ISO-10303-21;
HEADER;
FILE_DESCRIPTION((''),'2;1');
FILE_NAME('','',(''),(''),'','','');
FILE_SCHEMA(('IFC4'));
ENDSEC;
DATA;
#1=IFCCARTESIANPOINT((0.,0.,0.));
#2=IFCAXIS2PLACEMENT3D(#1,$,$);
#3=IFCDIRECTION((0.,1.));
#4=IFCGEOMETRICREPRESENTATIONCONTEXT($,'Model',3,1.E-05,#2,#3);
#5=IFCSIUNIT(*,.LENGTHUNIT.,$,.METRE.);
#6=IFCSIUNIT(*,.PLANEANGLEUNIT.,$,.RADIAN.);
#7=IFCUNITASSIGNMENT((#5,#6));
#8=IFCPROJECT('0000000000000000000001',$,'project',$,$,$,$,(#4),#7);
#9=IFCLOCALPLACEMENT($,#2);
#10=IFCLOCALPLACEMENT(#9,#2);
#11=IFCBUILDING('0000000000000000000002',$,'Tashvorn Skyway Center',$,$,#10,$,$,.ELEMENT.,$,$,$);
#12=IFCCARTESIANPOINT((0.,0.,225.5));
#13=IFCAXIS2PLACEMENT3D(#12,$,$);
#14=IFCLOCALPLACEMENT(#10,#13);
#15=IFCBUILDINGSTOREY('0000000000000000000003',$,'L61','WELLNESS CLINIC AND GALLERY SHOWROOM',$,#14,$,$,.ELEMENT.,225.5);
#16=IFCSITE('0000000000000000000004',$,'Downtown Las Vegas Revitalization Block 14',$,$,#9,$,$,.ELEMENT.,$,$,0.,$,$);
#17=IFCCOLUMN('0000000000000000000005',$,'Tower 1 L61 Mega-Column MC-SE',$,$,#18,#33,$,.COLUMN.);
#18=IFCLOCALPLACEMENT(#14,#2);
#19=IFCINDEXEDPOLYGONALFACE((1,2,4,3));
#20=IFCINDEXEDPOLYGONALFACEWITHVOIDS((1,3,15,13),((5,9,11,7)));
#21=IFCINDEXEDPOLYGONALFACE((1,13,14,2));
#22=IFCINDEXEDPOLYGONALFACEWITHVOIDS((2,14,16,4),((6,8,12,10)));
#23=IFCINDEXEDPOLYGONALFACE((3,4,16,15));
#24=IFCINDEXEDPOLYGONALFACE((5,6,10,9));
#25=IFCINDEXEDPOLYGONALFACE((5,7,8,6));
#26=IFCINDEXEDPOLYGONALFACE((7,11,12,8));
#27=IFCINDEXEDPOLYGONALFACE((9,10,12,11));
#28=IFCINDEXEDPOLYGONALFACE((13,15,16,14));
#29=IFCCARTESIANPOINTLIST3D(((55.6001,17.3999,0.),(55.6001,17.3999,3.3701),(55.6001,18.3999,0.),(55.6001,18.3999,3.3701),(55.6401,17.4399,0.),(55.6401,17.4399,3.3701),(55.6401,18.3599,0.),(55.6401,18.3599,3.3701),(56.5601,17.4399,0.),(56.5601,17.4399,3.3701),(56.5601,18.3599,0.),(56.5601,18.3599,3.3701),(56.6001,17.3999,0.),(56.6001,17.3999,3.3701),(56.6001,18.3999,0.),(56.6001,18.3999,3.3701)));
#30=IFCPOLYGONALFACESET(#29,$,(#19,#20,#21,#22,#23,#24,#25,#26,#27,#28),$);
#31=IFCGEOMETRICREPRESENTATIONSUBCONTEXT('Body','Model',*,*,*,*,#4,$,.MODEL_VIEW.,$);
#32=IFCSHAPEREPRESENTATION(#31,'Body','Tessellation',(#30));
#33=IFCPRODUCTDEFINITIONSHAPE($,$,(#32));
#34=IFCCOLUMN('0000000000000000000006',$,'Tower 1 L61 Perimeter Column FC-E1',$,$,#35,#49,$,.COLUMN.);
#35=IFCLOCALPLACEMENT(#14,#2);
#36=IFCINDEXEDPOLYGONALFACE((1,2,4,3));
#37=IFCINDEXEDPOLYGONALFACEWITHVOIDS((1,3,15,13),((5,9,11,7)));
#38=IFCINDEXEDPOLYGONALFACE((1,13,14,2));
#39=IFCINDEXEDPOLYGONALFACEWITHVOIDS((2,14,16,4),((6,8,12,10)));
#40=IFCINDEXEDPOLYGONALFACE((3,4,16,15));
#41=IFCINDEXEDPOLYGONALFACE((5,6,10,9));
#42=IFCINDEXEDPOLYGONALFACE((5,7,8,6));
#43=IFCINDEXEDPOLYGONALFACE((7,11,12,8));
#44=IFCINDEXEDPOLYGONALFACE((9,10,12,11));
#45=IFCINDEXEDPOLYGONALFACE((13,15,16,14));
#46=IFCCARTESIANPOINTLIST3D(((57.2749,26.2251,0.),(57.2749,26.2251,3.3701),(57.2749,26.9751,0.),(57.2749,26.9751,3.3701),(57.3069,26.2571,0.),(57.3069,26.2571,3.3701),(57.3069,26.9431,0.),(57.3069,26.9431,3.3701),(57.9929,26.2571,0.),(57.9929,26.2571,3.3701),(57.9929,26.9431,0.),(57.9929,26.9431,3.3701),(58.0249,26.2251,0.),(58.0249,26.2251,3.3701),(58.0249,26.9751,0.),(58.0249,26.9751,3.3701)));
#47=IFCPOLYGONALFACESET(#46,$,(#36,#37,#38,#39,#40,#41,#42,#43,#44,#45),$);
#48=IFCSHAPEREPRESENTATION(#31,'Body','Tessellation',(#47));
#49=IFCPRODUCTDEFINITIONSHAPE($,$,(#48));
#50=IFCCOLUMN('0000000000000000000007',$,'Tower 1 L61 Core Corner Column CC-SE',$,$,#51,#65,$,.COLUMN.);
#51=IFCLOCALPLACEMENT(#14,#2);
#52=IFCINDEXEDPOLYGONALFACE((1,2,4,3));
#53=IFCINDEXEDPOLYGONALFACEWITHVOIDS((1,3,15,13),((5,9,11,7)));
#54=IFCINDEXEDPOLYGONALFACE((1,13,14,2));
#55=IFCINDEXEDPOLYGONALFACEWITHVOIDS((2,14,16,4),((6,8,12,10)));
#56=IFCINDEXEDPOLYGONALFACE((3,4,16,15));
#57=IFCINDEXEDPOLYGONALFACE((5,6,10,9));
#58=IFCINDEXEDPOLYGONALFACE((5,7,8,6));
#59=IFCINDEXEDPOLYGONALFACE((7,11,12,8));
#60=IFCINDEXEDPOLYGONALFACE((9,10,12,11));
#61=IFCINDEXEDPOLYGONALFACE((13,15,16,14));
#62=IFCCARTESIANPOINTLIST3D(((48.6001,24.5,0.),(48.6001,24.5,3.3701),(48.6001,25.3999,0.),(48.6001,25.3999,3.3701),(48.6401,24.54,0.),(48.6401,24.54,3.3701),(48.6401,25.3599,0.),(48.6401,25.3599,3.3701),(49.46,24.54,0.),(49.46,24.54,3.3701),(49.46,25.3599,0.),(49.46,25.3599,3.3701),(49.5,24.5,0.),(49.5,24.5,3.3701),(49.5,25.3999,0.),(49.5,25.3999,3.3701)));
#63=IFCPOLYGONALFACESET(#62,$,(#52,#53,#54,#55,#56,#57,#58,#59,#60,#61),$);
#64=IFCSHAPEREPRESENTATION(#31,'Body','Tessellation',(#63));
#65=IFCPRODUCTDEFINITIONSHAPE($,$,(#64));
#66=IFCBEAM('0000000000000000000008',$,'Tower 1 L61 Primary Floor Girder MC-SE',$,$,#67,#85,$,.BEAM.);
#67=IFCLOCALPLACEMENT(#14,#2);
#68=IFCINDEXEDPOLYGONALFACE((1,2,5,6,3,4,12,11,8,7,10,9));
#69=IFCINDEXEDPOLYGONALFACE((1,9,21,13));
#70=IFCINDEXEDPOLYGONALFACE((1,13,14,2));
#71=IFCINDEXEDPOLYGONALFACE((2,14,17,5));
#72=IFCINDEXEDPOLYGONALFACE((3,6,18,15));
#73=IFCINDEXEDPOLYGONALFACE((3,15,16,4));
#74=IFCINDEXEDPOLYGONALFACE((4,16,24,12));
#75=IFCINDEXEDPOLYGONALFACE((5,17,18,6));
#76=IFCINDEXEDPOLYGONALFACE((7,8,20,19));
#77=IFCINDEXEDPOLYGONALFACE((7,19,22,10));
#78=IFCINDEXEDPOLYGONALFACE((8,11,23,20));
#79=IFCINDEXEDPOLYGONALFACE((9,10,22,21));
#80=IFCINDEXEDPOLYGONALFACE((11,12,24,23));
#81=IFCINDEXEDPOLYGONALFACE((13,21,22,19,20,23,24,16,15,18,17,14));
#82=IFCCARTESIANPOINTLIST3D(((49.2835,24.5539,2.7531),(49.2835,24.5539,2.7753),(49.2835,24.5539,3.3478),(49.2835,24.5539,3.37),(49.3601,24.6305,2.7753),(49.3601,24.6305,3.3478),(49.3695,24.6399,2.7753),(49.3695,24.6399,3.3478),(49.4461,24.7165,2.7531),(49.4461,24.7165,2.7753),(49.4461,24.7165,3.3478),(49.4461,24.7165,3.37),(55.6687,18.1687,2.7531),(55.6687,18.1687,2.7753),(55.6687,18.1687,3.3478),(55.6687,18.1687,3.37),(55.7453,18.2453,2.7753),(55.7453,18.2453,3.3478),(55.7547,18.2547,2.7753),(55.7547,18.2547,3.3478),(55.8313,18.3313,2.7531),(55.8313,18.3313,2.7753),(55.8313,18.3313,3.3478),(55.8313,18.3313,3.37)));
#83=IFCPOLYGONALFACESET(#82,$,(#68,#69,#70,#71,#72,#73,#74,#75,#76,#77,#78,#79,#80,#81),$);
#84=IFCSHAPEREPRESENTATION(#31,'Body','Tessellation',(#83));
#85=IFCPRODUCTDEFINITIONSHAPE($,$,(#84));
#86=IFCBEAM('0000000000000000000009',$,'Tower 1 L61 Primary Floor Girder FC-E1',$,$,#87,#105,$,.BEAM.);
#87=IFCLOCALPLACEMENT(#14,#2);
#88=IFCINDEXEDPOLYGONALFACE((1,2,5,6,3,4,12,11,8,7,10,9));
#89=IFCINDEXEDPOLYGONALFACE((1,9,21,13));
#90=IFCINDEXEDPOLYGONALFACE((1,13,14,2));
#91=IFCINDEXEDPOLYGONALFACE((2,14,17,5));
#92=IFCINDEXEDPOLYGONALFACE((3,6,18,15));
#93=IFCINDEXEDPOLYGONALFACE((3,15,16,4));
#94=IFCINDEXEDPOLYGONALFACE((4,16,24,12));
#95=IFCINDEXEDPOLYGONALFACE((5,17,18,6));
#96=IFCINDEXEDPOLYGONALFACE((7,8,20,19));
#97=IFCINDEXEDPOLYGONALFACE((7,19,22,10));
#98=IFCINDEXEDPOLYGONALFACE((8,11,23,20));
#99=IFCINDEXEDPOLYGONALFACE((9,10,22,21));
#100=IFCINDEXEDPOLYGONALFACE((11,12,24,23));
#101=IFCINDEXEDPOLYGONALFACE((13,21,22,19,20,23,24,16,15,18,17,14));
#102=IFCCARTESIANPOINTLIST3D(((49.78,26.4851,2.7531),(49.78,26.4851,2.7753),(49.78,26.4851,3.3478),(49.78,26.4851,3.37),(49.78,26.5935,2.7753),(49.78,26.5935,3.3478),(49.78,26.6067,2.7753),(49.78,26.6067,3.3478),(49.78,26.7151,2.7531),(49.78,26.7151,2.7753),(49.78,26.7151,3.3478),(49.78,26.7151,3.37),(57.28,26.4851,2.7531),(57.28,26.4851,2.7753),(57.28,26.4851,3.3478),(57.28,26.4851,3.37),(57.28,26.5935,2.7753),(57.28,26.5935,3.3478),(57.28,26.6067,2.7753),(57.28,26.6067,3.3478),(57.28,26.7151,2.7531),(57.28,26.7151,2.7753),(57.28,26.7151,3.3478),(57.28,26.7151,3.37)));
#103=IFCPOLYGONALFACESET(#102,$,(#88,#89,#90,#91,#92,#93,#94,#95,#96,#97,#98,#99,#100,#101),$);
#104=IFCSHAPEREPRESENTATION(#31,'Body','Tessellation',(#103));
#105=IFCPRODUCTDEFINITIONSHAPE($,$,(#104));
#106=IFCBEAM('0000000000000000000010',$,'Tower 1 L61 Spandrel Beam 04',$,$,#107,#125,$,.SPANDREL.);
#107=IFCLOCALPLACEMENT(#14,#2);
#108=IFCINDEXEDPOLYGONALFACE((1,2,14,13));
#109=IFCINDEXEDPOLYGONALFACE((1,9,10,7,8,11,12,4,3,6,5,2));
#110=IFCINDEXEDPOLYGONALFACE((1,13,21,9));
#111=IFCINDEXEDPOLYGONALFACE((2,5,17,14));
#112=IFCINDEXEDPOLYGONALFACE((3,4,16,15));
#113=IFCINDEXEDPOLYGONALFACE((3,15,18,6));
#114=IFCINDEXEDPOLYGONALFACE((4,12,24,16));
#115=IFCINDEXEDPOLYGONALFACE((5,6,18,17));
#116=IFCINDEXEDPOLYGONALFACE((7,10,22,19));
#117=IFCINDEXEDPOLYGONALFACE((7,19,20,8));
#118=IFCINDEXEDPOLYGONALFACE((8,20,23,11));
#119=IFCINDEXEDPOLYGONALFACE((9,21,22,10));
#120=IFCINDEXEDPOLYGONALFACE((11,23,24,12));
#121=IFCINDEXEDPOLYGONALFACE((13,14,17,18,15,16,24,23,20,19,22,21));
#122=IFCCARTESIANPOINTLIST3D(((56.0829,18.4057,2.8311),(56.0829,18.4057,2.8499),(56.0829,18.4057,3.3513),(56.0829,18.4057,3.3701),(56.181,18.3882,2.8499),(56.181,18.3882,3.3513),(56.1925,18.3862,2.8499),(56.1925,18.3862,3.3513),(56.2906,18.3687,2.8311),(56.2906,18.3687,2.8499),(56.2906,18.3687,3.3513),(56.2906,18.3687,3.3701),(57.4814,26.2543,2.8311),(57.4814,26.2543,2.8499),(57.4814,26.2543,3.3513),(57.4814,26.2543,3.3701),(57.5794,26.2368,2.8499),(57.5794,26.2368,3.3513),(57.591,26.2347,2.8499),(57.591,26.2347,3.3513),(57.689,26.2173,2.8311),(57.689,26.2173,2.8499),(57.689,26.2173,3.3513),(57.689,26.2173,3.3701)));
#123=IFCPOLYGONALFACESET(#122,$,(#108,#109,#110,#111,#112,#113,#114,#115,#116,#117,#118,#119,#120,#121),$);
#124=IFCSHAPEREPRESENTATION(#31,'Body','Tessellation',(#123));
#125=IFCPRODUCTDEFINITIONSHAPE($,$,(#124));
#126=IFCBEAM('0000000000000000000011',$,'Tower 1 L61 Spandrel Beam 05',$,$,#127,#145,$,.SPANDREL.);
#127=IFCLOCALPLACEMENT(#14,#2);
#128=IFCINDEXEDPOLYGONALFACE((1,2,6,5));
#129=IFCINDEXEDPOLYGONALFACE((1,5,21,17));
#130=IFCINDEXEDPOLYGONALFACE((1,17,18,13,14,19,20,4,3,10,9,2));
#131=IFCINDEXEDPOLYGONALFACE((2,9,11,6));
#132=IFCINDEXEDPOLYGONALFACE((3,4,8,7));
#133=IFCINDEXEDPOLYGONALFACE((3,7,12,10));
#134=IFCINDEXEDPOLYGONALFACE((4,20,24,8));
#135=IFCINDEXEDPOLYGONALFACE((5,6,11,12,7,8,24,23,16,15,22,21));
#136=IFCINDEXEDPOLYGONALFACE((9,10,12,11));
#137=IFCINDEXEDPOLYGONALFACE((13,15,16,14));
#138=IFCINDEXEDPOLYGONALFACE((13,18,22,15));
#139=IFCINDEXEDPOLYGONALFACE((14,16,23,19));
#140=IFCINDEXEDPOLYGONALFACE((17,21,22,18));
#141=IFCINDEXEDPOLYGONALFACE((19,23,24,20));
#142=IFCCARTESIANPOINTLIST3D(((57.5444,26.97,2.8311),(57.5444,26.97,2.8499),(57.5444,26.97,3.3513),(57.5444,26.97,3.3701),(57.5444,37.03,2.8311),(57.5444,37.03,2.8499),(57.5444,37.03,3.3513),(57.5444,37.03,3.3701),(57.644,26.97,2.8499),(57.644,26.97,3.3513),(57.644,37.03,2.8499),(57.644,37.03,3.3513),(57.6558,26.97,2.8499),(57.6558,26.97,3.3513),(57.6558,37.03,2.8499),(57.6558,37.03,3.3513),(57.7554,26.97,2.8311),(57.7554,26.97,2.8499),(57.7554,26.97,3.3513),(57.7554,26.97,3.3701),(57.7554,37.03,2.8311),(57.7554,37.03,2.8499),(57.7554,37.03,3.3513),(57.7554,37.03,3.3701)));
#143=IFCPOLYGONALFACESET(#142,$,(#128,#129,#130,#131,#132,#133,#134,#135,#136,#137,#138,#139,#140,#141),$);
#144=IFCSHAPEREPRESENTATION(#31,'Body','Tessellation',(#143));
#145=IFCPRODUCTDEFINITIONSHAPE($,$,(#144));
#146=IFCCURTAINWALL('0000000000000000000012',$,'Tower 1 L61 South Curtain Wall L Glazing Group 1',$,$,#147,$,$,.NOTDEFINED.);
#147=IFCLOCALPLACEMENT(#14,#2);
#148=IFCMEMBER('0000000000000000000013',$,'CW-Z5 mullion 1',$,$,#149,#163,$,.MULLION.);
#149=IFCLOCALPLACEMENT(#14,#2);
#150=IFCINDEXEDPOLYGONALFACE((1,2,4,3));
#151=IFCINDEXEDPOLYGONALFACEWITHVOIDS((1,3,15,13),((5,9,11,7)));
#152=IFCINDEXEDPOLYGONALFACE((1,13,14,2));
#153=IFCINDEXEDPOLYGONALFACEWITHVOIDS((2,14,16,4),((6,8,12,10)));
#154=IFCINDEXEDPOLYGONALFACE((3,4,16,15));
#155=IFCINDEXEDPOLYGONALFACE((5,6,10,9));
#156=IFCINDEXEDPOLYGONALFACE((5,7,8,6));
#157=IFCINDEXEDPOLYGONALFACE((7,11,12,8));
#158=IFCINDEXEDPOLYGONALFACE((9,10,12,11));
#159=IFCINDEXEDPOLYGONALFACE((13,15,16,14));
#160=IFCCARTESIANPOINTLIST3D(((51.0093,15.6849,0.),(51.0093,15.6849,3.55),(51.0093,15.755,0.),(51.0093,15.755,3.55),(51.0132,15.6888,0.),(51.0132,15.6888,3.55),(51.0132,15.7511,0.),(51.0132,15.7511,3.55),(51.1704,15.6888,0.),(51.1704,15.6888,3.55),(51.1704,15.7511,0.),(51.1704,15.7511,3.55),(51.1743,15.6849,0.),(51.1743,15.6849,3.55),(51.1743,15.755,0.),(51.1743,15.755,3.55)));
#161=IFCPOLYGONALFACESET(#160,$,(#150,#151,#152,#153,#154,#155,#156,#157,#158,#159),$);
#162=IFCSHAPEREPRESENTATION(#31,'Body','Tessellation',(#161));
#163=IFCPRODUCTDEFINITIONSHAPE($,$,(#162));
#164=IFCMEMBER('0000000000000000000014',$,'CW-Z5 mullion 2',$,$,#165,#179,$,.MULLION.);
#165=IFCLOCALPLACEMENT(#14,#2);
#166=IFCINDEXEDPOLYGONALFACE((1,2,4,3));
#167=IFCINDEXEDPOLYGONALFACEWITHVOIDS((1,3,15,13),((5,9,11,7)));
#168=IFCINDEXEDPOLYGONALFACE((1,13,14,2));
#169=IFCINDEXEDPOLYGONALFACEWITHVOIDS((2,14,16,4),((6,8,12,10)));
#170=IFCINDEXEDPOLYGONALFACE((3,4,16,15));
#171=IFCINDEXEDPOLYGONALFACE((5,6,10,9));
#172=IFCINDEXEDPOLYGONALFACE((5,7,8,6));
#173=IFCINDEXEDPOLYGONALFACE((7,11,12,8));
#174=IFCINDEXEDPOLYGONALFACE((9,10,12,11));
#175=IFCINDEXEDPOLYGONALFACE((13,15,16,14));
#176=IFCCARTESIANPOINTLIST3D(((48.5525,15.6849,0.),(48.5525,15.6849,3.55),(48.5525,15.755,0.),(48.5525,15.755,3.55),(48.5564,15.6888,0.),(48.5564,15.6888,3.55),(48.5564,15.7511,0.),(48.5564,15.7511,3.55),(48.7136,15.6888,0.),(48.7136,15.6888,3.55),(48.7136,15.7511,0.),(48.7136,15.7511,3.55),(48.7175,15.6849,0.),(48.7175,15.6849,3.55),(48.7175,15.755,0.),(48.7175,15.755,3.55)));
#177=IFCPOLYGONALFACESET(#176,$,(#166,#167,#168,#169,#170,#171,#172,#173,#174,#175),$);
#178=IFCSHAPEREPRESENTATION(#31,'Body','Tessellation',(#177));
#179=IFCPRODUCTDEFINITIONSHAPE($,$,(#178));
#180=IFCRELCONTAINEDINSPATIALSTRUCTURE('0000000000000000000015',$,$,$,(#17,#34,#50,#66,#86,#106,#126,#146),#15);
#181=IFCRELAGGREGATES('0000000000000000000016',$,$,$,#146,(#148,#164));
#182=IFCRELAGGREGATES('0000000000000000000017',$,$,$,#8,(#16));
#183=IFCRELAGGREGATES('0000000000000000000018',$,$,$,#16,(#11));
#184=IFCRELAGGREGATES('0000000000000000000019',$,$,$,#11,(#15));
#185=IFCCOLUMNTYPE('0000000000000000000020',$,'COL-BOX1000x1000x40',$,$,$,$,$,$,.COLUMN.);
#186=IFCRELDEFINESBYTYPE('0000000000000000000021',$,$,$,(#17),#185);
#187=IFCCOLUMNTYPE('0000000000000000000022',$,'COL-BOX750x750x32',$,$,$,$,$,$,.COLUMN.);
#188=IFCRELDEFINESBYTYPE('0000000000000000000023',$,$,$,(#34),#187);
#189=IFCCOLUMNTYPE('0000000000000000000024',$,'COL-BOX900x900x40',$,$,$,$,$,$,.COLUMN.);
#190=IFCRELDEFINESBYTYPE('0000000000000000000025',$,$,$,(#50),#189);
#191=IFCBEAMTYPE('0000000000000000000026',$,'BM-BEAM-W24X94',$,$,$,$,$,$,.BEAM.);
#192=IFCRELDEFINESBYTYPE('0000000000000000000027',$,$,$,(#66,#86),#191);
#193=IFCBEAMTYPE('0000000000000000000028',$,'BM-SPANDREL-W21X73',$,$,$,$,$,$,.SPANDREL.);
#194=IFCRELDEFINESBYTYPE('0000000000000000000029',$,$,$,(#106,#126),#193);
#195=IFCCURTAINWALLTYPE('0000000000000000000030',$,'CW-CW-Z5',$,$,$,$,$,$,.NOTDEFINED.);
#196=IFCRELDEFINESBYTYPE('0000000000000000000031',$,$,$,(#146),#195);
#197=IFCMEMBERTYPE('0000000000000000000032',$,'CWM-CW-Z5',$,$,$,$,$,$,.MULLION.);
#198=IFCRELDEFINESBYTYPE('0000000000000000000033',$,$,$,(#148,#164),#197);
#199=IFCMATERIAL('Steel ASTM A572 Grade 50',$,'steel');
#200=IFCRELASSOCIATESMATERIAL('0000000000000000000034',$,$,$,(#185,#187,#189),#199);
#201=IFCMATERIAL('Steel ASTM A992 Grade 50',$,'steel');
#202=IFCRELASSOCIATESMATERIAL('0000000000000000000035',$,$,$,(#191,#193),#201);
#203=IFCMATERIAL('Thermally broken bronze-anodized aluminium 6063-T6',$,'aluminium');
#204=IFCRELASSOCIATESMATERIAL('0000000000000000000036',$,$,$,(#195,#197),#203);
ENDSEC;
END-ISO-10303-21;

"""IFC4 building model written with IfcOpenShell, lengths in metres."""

from ifc_helpers import new_model, si_unit, direction, frame, origin, origin_2d, place, context, subcontext, project, spatial, hollow_rectangle, i_section, extrude, material, material_profile, profile_set, type_object, element, aggregate, save


model = new_model("IFC4")

# Units and contexts
model_context = context("Model", 3, precision=1e-05, world=origin(), true_north=direction((0.0, 1.0)))
body_context = subcontext(model_context, "Body", "Model", "MODEL_VIEW")
ifc_project = project(units=[si_unit("LENGTHUNIT", "METRE"), si_unit("PLANEANGLEUNIT", "RADIAN")], contexts=[model_context])

# Site, building, storey
site_placement = place(None, origin())
site = spatial("IfcSite", under=ifc_project, at=site_placement, Name="Downtown Las Vegas Revitalization Block 14", CompositionType="ELEMENT", RefElevation=0.0)
building_placement = place(site_placement, origin())
building = spatial("IfcBuilding", under=site, at=building_placement, Name="Tashvorn Skyway Center", CompositionType="ELEMENT")
storey_placement = place(building_placement, frame((0.0, 0.0, 225.5)))
storey = spatial("IfcBuildingStorey", under=building, at=storey_placement, Name="L61", Description="WELLNESS CLINIC AND GALLERY SHOWROOM", CompositionType="ELEMENT", Elevation=225.5)

# Columns
ifc_material_1 = material(Name="Steel ASTM A572 Grade 50", Category="steel")
ifc_material_profile_1 = material_profile(ifc_material_1, hollow_rectangle(XDim=1.0, YDim=1.0, WallThickness=0.04, at=origin_2d()), Name="BOX1000x1000x40")
ifc_profile_set_1 = profile_set([ifc_material_profile_1], Name="Steel ASTM A572 Grade 50")
column_type_1 = type_object("IfcColumnType", Name="COL-BOX1000x1000x40", PredefinedType="COLUMN", material=ifc_profile_set_1)
column_1_placement = place(storey_placement, frame((56.1001, 17.8999, 0.0), z_axis=(0.0, 0.0, 1.0), x_axis=(1.0, 0.0, 0.0)))
element("IfcColumn", 1, at=column_1_placement, inside=storey, type_object=column_type_1, Name="Tower 1 L61 Mega-Column MC-SE", PredefinedType="COLUMN", context=body_context, shape_type="SweptSolid", body=[
    extrude(hollow_rectangle(XDim=1.0, YDim=1.0, WallThickness=0.04, at=origin_2d()), origin(), (0.0, 0.0, 1.0), 3.3701),
])
ifc_material_profile_2 = material_profile(ifc_material_1, hollow_rectangle(XDim=0.75, YDim=0.75, WallThickness=0.032, at=origin_2d()), Name="BOX750x750x32")
ifc_profile_set_2 = profile_set([ifc_material_profile_2], Name="Steel ASTM A572 Grade 50")
column_type_2 = type_object("IfcColumnType", Name="COL-BOX750x750x32", PredefinedType="COLUMN", material=ifc_profile_set_2)
column_2_placement = place(storey_placement, frame((57.6499, 26.6001, 0.0), z_axis=(0.0, 0.0, 1.0), x_axis=(1.0, 0.0, 0.0)))
element("IfcColumn", 2, at=column_2_placement, inside=storey, type_object=column_type_2, Name="Tower 1 L61 Perimeter Column FC-E1", PredefinedType="COLUMN", context=body_context, shape_type="SweptSolid", body=[
    extrude(hollow_rectangle(XDim=0.75, YDim=0.75, WallThickness=0.032, at=origin_2d()), origin(), (0.0, 0.0, 1.0), 3.3701),
])
ifc_material_profile_3 = material_profile(ifc_material_1, hollow_rectangle(XDim=0.8999, YDim=0.8999, WallThickness=0.04, at=origin_2d()), Name="BOX900x900x40")
ifc_profile_set_3 = profile_set([ifc_material_profile_3], Name="Steel ASTM A572 Grade 50")
column_type_3 = type_object("IfcColumnType", Name="COL-BOX900x900x40", PredefinedType="COLUMN", material=ifc_profile_set_3)
column_3_placement = place(storey_placement, frame((49.05, 24.95, 0.0), z_axis=(0.0, 0.0, 1.0), x_axis=(1.0, 0.0, 0.0)))
element("IfcColumn", 3, at=column_3_placement, inside=storey, type_object=column_type_3, Name="Tower 1 L61 Core Corner Column CC-SE", PredefinedType="COLUMN", context=body_context, shape_type="SweptSolid", body=[
    extrude(hollow_rectangle(XDim=0.8999, YDim=0.8999, WallThickness=0.04, at=origin_2d()), origin(), (0.0, 0.0, 1.0), 3.3701),
])

# Beams
ifc_material_2 = material(Name="Steel ASTM A992 Grade 50", Category="steel")
ifc_material_profile_4 = material_profile(ifc_material_2, i_section(OverallWidth=0.23, OverallDepth=0.6169, WebThickness=0.0132, FlangeThickness=0.0222, at=origin_2d()), Name="W24X94")
ifc_profile_set_4 = profile_set([ifc_material_profile_4], Name="Steel ASTM A992 Grade 50")
beam_type_1 = type_object("IfcBeamType", Name="BM-BEAM-W24X94", PredefinedType="BEAM", material=ifc_profile_set_4)
beam_1_placement = place(storey_placement, frame((55.75, 18.25, 3.0615), z_axis=(-0.707107, 0.707107, 0.0), x_axis=(-0.707107, -0.707107, 0.0)))
element("IfcBeam", 4, at=beam_1_placement, inside=storey, type_object=beam_type_1, Name="Tower 1 L61 Primary Floor Girder MC-SE", PredefinedType="BEAM", context=body_context, shape_type="SweptSolid", body=[
    extrude(i_section(OverallWidth=0.23, OverallDepth=0.6169, WebThickness=0.0132, FlangeThickness=0.0222, at=origin_2d()), origin(), (0.0, 0.0, 1.0), 9.03),
])
beam_2_placement = place(storey_placement, frame((57.28, 26.6001, 3.0615), z_axis=(-1.0, 0.0, 0.0), x_axis=(0.0, -1.0, 0.0)))
element("IfcBeam", 5, at=beam_2_placement, inside=storey, type_object=beam_type_1, Name="Tower 1 L61 Primary Floor Girder FC-E1", PredefinedType="BEAM", context=body_context, shape_type="SweptSolid", body=[
    extrude(i_section(OverallWidth=0.23, OverallDepth=0.6169, WebThickness=0.0132, FlangeThickness=0.0222, at=origin_2d()), origin(), (0.0, 0.0, 1.0), 7.5),
])
ifc_material_profile_5 = material_profile(ifc_material_2, i_section(OverallWidth=0.2109, OverallDepth=0.5391, WebThickness=0.0117, FlangeThickness=0.0188, at=origin_2d()), Name="W21X73")
ifc_profile_set_5 = profile_set([ifc_material_profile_5], Name="Steel ASTM A992 Grade 50")
beam_type_2 = type_object("IfcBeamType", Name="BM-SPANDREL-W21X73", PredefinedType="SPANDREL", material=ifc_profile_set_5)
beam_3_placement = place(storey_placement, frame((56.1868, 18.3872, 3.1006), z_axis=(0.175413, 0.984495, 0.0), x_axis=(-0.984495, 0.175413, 0.0)))
element("IfcBeam", 6, at=beam_3_placement, inside=storey, type_object=beam_type_2, Name="Tower 1 L61 Spandrel Beam 04", PredefinedType="SPANDREL", context=body_context, shape_type="SweptSolid", body=[
    extrude(i_section(OverallWidth=0.2109, OverallDepth=0.5391, WebThickness=0.0117, FlangeThickness=0.0188, at=origin_2d()), origin(), (0.0, 0.0, 1.0), 7.9722),
])
beam_4_placement = place(storey_placement, frame((57.6499, 26.97, 3.1006), z_axis=(0.0, 1.0, 0.0), x_axis=(-1.0, 0.0, 0.0)))
element("IfcBeam", 7, at=beam_4_placement, inside=storey, type_object=beam_type_2, Name="Tower 1 L61 Spandrel Beam 05", PredefinedType="SPANDREL", context=body_context, shape_type="SweptSolid", body=[
    extrude(i_section(OverallWidth=0.2109, OverallDepth=0.5391, WebThickness=0.0117, FlangeThickness=0.0188, at=origin_2d()), origin(), (0.0, 0.0, 1.0), 10.0601),
])

# Curtain wall, members
ifc_material_3 = material(Name="Thermally broken bronze-anodized aluminium 6063-T6", Category="aluminium")
curtain_wall_type = type_object("IfcCurtainWallType", Name="CW-CW-Z5", PredefinedType="NOTDEFINED", material=ifc_material_3)
curtain_wall_1_placement = place(storey_placement, origin())
curtain_wall_1 = element("IfcCurtainWall", 8, at=curtain_wall_1_placement, inside=storey, type_object=curtain_wall_type, Name="Tower 1 L61 South Curtain Wall L Glazing Group 1", PredefinedType="NOTDEFINED")
ifc_material_profile_6 = material_profile(ifc_material_3, hollow_rectangle(XDim=0.0701, YDim=0.165, WallThickness=0.0039, at=origin_2d()), Name="ALU-MULL-70x165")
ifc_profile_set_6 = profile_set([ifc_material_profile_6], Name="Thermally broken bronze-anodized aluminium 6063-T6")
member_type_1 = type_object("IfcMemberType", Name="CWM-CW-Z5", PredefinedType="MULLION", material=ifc_profile_set_6)
member_1_placement = place(storey_placement, frame((51.0918, 15.72, 0.0), z_axis=(0.0, 0.0, 1.0), x_axis=(0.0, -1.0, 0.0)))
member_1 = element("IfcMember", 9, at=member_1_placement, type_object=member_type_1, Name="CW-Z5 mullion 1", PredefinedType="MULLION", context=body_context, shape_type="SweptSolid", body=[
    extrude(hollow_rectangle(XDim=0.0701, YDim=0.165, WallThickness=0.0039, at=origin_2d()), origin(), (0.0, 0.0, 1.0), 3.55),
])
member_2_placement = place(storey_placement, frame((48.635, 15.72, 0.0), z_axis=(0.0, 0.0, 1.0), x_axis=(0.0, -1.0, 0.0)))
member_2 = element("IfcMember", 10, at=member_2_placement, type_object=member_type_1, Name="CW-Z5 mullion 2", PredefinedType="MULLION", context=body_context, shape_type="SweptSolid", body=[
    extrude(hollow_rectangle(XDim=0.0701, YDim=0.165, WallThickness=0.0039, at=origin_2d()), origin(), (0.0, 0.0, 1.0), 3.55),
])

aggregate(curtain_wall_1, [member_1, member_2])

save(model, "model.ifc")
